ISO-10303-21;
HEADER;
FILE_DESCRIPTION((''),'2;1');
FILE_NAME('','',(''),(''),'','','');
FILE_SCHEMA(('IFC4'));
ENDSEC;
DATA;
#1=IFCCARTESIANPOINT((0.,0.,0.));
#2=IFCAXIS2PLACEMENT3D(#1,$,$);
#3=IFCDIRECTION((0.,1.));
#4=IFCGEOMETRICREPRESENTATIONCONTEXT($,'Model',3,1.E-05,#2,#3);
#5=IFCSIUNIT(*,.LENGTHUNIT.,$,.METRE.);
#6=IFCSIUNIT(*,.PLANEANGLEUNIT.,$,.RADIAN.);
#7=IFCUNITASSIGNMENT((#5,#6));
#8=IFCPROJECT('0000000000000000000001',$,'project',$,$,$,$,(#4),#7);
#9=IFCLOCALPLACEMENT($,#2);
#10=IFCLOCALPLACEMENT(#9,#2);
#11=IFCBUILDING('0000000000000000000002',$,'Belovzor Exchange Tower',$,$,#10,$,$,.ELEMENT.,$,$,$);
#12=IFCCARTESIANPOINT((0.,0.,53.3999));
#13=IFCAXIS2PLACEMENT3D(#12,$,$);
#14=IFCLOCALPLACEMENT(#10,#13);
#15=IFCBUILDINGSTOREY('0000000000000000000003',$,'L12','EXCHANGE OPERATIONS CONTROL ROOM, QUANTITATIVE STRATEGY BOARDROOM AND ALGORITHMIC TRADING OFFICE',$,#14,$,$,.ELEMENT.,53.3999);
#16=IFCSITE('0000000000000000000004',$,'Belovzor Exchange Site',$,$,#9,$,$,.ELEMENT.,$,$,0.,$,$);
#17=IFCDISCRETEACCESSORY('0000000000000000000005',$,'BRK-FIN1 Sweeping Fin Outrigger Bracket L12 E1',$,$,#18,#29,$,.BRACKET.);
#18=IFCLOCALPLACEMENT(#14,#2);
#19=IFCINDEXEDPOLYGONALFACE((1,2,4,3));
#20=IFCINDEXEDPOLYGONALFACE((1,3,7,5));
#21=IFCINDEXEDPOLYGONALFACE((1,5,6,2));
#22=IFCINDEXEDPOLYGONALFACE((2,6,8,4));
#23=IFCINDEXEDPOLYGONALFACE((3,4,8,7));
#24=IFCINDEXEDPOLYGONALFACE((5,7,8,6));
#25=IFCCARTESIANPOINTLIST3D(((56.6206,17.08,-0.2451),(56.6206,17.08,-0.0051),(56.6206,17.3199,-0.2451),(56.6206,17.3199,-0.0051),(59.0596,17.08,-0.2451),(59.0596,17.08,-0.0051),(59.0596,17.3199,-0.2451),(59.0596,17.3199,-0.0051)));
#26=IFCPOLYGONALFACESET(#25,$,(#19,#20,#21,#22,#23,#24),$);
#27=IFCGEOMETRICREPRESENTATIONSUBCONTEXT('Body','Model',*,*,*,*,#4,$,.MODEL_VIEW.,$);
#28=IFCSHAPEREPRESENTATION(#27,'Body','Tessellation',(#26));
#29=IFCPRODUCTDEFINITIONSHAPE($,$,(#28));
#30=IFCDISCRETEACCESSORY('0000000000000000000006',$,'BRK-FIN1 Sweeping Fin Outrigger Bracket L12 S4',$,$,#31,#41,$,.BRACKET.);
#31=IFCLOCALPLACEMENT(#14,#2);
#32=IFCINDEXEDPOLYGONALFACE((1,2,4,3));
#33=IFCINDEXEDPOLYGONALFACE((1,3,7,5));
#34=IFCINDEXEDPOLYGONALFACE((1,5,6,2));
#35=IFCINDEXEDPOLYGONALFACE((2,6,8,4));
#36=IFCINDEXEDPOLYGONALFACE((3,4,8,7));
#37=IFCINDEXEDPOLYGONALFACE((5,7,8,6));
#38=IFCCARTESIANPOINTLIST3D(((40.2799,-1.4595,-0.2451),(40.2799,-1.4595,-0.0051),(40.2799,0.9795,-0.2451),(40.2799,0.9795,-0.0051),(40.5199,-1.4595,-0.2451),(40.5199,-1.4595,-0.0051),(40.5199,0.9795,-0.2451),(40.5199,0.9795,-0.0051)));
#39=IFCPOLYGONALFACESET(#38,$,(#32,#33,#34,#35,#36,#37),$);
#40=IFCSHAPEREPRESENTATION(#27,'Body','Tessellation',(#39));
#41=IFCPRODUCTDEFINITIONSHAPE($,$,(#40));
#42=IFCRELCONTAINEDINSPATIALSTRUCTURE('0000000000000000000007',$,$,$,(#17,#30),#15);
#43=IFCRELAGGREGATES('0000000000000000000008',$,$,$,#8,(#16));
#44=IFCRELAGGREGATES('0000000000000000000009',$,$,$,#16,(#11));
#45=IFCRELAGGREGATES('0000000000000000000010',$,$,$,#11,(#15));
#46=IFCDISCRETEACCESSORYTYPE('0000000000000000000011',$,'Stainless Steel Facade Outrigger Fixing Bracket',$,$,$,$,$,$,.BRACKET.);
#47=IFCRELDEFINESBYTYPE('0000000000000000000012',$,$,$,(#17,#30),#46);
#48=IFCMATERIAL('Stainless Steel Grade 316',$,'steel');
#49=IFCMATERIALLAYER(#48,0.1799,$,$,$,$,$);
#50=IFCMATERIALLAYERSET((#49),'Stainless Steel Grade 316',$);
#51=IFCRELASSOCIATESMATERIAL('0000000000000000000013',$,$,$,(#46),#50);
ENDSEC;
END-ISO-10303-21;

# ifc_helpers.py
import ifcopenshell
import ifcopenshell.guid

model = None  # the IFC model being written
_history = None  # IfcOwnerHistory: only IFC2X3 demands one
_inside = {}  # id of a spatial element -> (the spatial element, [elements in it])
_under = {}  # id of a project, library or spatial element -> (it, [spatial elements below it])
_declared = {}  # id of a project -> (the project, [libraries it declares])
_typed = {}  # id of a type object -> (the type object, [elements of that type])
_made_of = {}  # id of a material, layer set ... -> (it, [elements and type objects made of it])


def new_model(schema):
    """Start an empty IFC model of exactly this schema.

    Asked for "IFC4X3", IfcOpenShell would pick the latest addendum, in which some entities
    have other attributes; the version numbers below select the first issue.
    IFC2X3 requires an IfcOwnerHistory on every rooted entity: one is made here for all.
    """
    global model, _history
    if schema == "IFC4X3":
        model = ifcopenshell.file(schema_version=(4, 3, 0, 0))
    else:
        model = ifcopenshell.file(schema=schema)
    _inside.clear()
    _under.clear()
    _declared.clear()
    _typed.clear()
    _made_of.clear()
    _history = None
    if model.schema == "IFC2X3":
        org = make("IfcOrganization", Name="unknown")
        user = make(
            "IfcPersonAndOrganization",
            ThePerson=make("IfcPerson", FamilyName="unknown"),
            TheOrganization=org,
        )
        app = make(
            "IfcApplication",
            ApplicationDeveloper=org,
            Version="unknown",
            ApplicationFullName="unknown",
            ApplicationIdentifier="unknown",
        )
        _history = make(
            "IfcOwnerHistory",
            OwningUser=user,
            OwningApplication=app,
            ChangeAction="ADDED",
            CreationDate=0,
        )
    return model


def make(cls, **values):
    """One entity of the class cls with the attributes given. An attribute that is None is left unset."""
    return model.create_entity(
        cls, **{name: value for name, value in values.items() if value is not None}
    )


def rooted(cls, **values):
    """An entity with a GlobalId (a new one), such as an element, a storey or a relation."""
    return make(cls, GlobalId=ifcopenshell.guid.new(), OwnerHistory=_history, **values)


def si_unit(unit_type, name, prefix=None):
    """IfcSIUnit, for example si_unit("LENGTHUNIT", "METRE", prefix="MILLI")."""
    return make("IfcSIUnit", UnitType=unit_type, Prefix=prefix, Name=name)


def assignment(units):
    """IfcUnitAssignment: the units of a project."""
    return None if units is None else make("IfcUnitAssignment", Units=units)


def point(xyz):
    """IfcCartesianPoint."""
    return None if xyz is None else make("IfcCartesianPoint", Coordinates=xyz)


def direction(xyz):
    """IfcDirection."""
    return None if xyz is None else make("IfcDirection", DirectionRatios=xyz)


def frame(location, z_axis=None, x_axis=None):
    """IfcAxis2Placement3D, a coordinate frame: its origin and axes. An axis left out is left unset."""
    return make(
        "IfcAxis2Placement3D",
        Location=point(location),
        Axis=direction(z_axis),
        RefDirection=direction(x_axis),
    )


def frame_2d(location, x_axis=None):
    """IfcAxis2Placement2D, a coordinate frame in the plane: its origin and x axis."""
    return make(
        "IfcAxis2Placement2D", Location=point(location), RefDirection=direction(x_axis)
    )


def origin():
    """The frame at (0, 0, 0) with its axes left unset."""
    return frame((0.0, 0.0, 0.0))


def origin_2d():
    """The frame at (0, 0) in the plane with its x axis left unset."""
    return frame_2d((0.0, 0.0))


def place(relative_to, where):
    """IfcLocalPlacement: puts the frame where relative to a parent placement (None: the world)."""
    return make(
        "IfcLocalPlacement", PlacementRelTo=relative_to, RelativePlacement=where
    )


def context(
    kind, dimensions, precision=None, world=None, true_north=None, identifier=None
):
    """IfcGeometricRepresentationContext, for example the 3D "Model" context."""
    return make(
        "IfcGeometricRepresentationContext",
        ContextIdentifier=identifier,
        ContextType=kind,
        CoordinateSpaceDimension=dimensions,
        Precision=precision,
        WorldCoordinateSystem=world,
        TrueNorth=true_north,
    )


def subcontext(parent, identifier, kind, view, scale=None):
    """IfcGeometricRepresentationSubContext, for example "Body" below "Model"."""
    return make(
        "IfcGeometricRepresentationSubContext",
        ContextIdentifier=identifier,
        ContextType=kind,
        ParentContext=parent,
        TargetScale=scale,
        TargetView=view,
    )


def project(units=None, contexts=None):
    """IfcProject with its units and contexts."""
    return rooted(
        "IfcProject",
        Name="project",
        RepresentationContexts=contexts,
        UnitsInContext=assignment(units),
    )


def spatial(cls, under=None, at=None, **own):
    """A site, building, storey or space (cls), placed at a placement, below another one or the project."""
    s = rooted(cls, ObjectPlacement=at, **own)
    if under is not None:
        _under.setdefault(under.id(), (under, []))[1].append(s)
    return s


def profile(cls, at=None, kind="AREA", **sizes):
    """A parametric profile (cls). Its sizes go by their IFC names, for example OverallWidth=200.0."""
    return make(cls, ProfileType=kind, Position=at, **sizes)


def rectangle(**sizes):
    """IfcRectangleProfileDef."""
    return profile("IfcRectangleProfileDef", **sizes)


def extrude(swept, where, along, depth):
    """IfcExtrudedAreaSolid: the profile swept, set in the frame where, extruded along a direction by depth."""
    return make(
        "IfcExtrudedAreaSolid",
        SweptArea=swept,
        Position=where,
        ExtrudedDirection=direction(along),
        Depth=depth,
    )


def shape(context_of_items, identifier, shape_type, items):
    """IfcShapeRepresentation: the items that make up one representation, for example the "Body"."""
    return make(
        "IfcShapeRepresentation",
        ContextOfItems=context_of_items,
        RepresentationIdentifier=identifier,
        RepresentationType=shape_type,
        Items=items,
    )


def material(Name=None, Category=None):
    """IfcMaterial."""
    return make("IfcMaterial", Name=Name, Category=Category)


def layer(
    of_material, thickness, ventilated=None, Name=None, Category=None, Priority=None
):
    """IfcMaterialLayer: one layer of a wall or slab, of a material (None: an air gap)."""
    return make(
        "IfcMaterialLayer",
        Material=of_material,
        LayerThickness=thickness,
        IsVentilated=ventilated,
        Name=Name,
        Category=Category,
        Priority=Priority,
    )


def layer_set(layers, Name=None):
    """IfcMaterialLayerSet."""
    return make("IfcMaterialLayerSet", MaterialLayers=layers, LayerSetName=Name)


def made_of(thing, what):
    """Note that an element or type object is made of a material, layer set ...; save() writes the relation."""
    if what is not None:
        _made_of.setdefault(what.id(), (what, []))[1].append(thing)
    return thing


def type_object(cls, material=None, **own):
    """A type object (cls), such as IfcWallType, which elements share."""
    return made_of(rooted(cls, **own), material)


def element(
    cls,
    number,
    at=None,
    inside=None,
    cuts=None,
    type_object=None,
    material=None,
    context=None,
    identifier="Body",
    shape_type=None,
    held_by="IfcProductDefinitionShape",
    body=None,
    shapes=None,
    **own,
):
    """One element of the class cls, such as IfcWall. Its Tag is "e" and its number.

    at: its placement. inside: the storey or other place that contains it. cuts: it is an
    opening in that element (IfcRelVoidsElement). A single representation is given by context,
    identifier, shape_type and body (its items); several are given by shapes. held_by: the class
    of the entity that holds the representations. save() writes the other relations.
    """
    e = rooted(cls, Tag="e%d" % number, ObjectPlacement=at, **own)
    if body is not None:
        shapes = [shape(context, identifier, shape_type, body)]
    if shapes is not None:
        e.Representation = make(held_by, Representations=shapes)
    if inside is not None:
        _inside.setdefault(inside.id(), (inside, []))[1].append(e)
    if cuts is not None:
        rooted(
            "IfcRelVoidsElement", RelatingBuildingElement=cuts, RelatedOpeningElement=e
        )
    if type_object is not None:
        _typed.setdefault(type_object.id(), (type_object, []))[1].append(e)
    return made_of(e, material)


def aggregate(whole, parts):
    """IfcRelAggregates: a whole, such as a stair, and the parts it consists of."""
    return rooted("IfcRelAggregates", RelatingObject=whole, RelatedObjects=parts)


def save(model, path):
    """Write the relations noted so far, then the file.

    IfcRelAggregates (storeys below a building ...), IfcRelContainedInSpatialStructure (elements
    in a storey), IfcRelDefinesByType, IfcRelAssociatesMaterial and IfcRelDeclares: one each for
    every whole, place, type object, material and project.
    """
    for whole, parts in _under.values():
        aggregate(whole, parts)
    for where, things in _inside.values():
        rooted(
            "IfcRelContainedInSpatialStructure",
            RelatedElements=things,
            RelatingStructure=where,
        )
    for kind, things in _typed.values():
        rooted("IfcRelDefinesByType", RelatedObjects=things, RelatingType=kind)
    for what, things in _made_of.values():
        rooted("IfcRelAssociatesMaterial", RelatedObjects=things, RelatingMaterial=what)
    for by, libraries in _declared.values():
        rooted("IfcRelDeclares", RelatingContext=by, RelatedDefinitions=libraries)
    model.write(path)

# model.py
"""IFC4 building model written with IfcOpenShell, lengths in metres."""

from ifc_helpers import new_model, si_unit, direction, frame, origin, origin_2d, place, context, subcontext, project, spatial, rectangle, extrude, material, layer, layer_set, type_object, element, save


model = new_model("IFC4")

# Units and contexts
model_context = context("Model", 3, precision=1e-05, world=origin(), true_north=direction((0.0, 1.0)))
body_context = subcontext(model_context, "Body", "Model", "MODEL_VIEW")
ifc_project = project(units=[si_unit("LENGTHUNIT", "METRE"), si_unit("PLANEANGLEUNIT", "RADIAN")], contexts=[model_context])

# Site, building, storey
site_placement = place(None, origin())
site = spatial("IfcSite", under=ifc_project, at=site_placement, Name="Belovzor Exchange Site", CompositionType="ELEMENT", RefElevation=0.0)
building_placement = place(site_placement, origin())
building = spatial("IfcBuilding", under=site, at=building_placement, Name="Belovzor Exchange Tower", CompositionType="ELEMENT")
storey_placement = place(building_placement, frame((0.0, 0.0, 53.3999)))
storey = spatial("IfcBuildingStorey", under=building, at=storey_placement, Name="L12", Description="EXCHANGE OPERATIONS CONTROL ROOM, QUANTITATIVE STRATEGY BOARDROOM AND ALGORITHMIC TRADING OFFICE", CompositionType="ELEMENT", Elevation=53.3999)

# Discrete accessories
ifc_material_1 = material(Name="Stainless Steel Grade 316", Category="steel")
ifc_layer_1 = layer(ifc_material_1, 0.1799)
ifc_layer_set_1 = layer_set([ifc_layer_1], Name="Stainless Steel Grade 316")
discrete_accessory_type = type_object("IfcDiscreteAccessoryType", Name="Stainless Steel Facade Outrigger Fixing Bracket", PredefinedType="BRACKET", material=ifc_layer_set_1)
for number, where, z_axis, x_axis, name in (
    (1, (57.8401, 17.2, -0.2451), (0.0, 0.0, 1.0), (1.0, 0.0, 0.0), "BRK-FIN1 Sweeping Fin Outrigger Bracket L12 E1"),
    (2, (40.3999, -0.24, -0.2451), (0.0, 0.0, 1.0), (0.0, 1.0, 0.0), "BRK-FIN1 Sweeping Fin Outrigger Bracket L12 S4"),
):
    element("IfcDiscreteAccessory", number, at=place(storey_placement, frame(where, z_axis=z_axis, x_axis=x_axis)), inside=storey, type_object=discrete_accessory_type, Name=name, PredefinedType="BRACKET", context=body_context, shape_type="SweptSolid", body=[
        extrude(rectangle(XDim=2.439, YDim=0.24, at=origin_2d()), origin(), (0.0, 0.0, 1.0), 0.24),
    ])

save(model, "model.ifc")
